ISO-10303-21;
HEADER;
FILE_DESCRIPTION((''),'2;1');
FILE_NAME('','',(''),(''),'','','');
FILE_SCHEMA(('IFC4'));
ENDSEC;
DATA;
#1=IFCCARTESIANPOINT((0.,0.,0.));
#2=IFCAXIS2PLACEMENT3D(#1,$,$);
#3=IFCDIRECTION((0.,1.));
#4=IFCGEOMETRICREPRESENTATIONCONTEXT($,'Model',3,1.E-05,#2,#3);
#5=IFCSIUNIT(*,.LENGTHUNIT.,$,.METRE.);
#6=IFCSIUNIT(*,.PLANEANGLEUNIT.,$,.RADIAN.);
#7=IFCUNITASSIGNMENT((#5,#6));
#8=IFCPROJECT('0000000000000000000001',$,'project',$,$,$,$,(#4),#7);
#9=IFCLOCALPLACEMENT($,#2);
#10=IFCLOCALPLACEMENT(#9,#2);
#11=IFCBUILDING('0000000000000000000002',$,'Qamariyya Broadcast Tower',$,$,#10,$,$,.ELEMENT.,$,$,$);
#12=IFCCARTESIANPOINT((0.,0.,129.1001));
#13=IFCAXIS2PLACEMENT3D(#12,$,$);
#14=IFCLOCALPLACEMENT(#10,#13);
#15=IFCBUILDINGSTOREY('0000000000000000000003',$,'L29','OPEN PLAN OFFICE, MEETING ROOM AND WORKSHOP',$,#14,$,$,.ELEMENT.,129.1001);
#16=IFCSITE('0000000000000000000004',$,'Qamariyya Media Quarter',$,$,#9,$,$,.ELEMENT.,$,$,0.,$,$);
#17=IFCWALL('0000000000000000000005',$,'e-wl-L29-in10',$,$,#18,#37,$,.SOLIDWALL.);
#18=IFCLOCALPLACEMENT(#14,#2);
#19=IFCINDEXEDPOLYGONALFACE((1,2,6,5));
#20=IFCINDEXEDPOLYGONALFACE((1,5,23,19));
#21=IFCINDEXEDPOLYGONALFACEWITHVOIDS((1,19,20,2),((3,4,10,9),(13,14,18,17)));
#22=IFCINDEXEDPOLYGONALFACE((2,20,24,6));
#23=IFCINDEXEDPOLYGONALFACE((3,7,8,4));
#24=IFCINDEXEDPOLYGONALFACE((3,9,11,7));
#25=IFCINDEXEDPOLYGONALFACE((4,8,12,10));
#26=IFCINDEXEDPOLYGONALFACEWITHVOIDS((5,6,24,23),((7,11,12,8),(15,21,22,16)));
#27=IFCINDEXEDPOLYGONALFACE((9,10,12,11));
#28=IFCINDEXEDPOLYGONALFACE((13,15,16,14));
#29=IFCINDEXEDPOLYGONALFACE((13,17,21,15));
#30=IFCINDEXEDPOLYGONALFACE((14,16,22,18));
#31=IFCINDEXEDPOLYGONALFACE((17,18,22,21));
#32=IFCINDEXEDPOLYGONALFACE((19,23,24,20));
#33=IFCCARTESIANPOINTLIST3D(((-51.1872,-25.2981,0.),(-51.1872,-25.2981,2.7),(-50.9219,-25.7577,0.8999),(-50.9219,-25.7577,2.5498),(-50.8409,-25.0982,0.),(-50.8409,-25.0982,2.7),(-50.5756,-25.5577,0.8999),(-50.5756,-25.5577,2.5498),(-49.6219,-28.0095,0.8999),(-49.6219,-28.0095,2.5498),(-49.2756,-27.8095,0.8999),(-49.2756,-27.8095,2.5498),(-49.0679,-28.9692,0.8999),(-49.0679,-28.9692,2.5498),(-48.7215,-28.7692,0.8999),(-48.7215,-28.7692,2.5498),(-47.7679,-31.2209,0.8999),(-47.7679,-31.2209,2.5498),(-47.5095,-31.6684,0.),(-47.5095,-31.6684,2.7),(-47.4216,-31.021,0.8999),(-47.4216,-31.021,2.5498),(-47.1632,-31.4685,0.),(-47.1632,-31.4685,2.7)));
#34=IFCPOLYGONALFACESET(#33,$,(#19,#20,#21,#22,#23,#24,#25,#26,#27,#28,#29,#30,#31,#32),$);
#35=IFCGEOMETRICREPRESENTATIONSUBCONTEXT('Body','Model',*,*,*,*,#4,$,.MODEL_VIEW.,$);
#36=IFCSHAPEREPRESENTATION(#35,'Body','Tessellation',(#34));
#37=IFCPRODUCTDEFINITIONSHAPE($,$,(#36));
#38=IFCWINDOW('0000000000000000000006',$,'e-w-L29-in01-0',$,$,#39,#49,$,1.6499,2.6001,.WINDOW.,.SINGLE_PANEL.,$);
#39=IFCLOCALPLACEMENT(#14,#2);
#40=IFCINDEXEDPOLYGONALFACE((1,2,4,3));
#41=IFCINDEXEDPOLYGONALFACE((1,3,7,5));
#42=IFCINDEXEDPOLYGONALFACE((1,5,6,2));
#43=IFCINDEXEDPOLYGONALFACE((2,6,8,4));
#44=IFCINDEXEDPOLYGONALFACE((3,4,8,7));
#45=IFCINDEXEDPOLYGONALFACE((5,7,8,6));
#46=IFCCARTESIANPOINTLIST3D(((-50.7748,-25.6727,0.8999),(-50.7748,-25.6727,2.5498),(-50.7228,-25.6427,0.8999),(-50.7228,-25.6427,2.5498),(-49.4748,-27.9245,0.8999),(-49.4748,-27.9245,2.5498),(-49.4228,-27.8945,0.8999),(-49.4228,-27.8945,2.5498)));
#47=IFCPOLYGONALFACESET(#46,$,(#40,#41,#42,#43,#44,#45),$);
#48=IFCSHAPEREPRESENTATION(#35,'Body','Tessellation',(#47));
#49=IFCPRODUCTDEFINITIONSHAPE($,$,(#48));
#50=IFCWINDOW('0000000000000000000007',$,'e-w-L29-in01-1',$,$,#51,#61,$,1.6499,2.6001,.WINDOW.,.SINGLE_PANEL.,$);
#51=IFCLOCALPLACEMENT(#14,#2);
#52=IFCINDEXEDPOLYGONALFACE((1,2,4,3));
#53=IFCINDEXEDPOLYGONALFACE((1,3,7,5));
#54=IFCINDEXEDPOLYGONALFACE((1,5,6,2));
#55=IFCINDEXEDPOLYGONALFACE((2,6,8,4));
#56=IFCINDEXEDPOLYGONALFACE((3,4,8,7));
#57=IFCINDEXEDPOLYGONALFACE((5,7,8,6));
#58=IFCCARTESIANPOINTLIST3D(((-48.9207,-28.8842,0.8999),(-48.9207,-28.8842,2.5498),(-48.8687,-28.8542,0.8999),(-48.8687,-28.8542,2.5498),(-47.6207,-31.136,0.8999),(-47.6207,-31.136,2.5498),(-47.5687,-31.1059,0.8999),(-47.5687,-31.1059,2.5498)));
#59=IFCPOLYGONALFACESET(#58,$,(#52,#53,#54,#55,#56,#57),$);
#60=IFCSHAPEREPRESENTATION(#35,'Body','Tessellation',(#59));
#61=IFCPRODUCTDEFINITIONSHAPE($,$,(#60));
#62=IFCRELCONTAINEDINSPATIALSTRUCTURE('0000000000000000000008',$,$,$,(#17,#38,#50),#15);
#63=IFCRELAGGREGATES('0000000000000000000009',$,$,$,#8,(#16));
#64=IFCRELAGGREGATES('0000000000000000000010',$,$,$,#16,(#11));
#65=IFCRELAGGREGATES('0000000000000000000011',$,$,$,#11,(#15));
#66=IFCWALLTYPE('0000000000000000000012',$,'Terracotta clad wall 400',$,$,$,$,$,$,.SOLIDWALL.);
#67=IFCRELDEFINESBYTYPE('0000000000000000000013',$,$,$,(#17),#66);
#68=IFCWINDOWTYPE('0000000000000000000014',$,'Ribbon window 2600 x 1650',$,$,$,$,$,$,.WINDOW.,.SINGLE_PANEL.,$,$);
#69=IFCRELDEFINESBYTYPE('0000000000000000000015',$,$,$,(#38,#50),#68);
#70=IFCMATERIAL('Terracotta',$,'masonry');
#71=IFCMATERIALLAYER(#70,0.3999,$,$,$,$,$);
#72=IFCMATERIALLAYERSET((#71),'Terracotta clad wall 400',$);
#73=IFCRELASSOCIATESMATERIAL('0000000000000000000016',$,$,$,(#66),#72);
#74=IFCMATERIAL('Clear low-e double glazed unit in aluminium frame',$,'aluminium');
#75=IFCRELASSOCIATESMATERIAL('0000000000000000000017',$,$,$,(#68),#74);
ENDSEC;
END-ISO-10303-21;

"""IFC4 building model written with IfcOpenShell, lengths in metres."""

from ifc_helpers import new_model, si_unit, direction, frame, frame_2d, origin, place, context, subcontext, project, spatial, rectangle, extrude, material, layer, layer_set, type_object, element, fill, save


model = new_model("IFC4")

# Units and contexts
model_context = context("Model", 3, precision=1e-05, world=origin(), true_north=direction((0.0, 1.0)))
body_context = subcontext(model_context, "Body", "Model", "MODEL_VIEW")
ifc_project = project(units=[si_unit("LENGTHUNIT", "METRE"), si_unit("PLANEANGLEUNIT", "RADIAN")], contexts=[model_context])

# Site, building, storey
site_placement = place(None, origin())
site = spatial("IfcSite", under=ifc_project, at=site_placement, Name="Qamariyya Media Quarter", CompositionType="ELEMENT", RefElevation=0.0)
building_placement = place(site_placement, origin())
building = spatial("IfcBuilding", under=site, at=building_placement, Name="Qamariyya Broadcast Tower", CompositionType="ELEMENT")
storey_placement = place(building_placement, frame((0.0, 0.0, 129.1001)))
storey = spatial("IfcBuildingStorey", under=building, at=storey_placement, Name="L29", Description="OPEN PLAN OFFICE, MEETING ROOM AND WORKSHOP", CompositionType="ELEMENT", Elevation=129.1001)

# Shared definitions
ifc_material_1 = material(Name="Terracotta", Category="masonry")
ifc_layer = layer(ifc_material_1, 0.3999)
ifc_layer_set = layer_set([ifc_layer], Name="Terracotta clad wall 400")
wall_type = type_object("IfcWallType", Name="Terracotta clad wall 400", PredefinedType="SOLIDWALL", material=ifc_layer_set)
ifc_material_2 = material(Name="Clear low-e double glazed unit in aluminium frame", Category="aluminium")

# Wall, openings, windows
wall_1_placement = place(storey_placement, frame((-47.3364, -31.5684, 0.0), z_axis=(0.0, 0.0, 1.0), x_axis=(-0.49998, 0.866037, 0.0)))
wall_1 = element("IfcWall", 1, at=wall_1_placement, inside=storey, type_object=wall_type, Name="e-wl-L29-in10", PredefinedType="SOLIDWALL", context=body_context, shape_type="SweptSolid", body=[
    extrude(rectangle(XDim=7.3557, YDim=0.3999, at=frame_2d((3.6777, 0.0))), origin(), (0.0, 0.0, 1.0), 2.7),
])
opening_1_placement = place(wall_1_placement, frame((4.2249, 0.0, 0.8999)))
opening_1 = element("IfcOpeningElement", 2, at=opening_1_placement, cuts=wall_1, PredefinedType="OPENING", context=body_context, shape_type="SweptSolid", body=[
    extrude(rectangle(XDim=2.6001, YDim=1.6499, at=frame_2d((1.3, 0.825))), frame((0.0, 0.21, 0.0), z_axis=(0.0, -1.0, 0.0), x_axis=(1.0, 0.0, 0.0)), (0.0, 0.0, 1.0), 0.4199),
])
opening_2_placement = place(wall_1_placement, frame((0.5166, 0.0, 0.8999)))
opening_2 = element("IfcOpeningElement", 3, at=opening_2_placement, cuts=wall_1, PredefinedType="OPENING", context=body_context, shape_type="SweptSolid", body=[
    extrude(rectangle(XDim=2.6001, YDim=1.6499, at=frame_2d((1.3, 0.825))), frame((0.0, 0.21, 0.0), z_axis=(0.0, -1.0, 0.0), x_axis=(1.0, 0.0, 0.0)), (0.0, 0.0, 1.0), 0.4199),
])
window_type_1 = type_object("IfcWindowType", Name="Ribbon window 2600 x 1650", PartitioningType="SINGLE_PANEL", PredefinedType="WINDOW", material=ifc_material_2)
window_1_placement = place(opening_1_placement, origin())
window_1 = element("IfcWindow", 4, at=window_1_placement, inside=storey, type_object=window_type_1, Name="e-w-L29-in01-0", OverallHeight=1.6499, OverallWidth=2.6001, PartitioningType="SINGLE_PANEL", PredefinedType="WINDOW", context=body_context, shape_type="SweptSolid", body=[
    extrude(rectangle(XDim=2.6001, YDim=1.6499, at=frame_2d((1.3, 0.825))), frame((0.0, 0.03, 0.0), z_axis=(0.0, -1.0, 0.0), x_axis=(1.0, 0.0, 0.0)), (0.0, 0.0, 1.0), 0.0601),
])
fill(opening_1, window_1)
window_2_placement = place(opening_2_placement, origin())
window_2 = element("IfcWindow", 5, at=window_2_placement, inside=storey, type_object=window_type_1, Name="e-w-L29-in01-1", OverallHeight=1.6499, OverallWidth=2.6001, PartitioningType="SINGLE_PANEL", PredefinedType="WINDOW", context=body_context, shape_type="SweptSolid", body=[
    extrude(rectangle(XDim=2.6001, YDim=1.6499, at=frame_2d((1.3, 0.825))), frame((0.0, 0.03, 0.0), z_axis=(0.0, -1.0, 0.0), x_axis=(1.0, 0.0, 0.0)), (0.0, 0.0, 1.0), 0.0601),
])
fill(opening_2, window_2)

save(model, "model.ifc")
